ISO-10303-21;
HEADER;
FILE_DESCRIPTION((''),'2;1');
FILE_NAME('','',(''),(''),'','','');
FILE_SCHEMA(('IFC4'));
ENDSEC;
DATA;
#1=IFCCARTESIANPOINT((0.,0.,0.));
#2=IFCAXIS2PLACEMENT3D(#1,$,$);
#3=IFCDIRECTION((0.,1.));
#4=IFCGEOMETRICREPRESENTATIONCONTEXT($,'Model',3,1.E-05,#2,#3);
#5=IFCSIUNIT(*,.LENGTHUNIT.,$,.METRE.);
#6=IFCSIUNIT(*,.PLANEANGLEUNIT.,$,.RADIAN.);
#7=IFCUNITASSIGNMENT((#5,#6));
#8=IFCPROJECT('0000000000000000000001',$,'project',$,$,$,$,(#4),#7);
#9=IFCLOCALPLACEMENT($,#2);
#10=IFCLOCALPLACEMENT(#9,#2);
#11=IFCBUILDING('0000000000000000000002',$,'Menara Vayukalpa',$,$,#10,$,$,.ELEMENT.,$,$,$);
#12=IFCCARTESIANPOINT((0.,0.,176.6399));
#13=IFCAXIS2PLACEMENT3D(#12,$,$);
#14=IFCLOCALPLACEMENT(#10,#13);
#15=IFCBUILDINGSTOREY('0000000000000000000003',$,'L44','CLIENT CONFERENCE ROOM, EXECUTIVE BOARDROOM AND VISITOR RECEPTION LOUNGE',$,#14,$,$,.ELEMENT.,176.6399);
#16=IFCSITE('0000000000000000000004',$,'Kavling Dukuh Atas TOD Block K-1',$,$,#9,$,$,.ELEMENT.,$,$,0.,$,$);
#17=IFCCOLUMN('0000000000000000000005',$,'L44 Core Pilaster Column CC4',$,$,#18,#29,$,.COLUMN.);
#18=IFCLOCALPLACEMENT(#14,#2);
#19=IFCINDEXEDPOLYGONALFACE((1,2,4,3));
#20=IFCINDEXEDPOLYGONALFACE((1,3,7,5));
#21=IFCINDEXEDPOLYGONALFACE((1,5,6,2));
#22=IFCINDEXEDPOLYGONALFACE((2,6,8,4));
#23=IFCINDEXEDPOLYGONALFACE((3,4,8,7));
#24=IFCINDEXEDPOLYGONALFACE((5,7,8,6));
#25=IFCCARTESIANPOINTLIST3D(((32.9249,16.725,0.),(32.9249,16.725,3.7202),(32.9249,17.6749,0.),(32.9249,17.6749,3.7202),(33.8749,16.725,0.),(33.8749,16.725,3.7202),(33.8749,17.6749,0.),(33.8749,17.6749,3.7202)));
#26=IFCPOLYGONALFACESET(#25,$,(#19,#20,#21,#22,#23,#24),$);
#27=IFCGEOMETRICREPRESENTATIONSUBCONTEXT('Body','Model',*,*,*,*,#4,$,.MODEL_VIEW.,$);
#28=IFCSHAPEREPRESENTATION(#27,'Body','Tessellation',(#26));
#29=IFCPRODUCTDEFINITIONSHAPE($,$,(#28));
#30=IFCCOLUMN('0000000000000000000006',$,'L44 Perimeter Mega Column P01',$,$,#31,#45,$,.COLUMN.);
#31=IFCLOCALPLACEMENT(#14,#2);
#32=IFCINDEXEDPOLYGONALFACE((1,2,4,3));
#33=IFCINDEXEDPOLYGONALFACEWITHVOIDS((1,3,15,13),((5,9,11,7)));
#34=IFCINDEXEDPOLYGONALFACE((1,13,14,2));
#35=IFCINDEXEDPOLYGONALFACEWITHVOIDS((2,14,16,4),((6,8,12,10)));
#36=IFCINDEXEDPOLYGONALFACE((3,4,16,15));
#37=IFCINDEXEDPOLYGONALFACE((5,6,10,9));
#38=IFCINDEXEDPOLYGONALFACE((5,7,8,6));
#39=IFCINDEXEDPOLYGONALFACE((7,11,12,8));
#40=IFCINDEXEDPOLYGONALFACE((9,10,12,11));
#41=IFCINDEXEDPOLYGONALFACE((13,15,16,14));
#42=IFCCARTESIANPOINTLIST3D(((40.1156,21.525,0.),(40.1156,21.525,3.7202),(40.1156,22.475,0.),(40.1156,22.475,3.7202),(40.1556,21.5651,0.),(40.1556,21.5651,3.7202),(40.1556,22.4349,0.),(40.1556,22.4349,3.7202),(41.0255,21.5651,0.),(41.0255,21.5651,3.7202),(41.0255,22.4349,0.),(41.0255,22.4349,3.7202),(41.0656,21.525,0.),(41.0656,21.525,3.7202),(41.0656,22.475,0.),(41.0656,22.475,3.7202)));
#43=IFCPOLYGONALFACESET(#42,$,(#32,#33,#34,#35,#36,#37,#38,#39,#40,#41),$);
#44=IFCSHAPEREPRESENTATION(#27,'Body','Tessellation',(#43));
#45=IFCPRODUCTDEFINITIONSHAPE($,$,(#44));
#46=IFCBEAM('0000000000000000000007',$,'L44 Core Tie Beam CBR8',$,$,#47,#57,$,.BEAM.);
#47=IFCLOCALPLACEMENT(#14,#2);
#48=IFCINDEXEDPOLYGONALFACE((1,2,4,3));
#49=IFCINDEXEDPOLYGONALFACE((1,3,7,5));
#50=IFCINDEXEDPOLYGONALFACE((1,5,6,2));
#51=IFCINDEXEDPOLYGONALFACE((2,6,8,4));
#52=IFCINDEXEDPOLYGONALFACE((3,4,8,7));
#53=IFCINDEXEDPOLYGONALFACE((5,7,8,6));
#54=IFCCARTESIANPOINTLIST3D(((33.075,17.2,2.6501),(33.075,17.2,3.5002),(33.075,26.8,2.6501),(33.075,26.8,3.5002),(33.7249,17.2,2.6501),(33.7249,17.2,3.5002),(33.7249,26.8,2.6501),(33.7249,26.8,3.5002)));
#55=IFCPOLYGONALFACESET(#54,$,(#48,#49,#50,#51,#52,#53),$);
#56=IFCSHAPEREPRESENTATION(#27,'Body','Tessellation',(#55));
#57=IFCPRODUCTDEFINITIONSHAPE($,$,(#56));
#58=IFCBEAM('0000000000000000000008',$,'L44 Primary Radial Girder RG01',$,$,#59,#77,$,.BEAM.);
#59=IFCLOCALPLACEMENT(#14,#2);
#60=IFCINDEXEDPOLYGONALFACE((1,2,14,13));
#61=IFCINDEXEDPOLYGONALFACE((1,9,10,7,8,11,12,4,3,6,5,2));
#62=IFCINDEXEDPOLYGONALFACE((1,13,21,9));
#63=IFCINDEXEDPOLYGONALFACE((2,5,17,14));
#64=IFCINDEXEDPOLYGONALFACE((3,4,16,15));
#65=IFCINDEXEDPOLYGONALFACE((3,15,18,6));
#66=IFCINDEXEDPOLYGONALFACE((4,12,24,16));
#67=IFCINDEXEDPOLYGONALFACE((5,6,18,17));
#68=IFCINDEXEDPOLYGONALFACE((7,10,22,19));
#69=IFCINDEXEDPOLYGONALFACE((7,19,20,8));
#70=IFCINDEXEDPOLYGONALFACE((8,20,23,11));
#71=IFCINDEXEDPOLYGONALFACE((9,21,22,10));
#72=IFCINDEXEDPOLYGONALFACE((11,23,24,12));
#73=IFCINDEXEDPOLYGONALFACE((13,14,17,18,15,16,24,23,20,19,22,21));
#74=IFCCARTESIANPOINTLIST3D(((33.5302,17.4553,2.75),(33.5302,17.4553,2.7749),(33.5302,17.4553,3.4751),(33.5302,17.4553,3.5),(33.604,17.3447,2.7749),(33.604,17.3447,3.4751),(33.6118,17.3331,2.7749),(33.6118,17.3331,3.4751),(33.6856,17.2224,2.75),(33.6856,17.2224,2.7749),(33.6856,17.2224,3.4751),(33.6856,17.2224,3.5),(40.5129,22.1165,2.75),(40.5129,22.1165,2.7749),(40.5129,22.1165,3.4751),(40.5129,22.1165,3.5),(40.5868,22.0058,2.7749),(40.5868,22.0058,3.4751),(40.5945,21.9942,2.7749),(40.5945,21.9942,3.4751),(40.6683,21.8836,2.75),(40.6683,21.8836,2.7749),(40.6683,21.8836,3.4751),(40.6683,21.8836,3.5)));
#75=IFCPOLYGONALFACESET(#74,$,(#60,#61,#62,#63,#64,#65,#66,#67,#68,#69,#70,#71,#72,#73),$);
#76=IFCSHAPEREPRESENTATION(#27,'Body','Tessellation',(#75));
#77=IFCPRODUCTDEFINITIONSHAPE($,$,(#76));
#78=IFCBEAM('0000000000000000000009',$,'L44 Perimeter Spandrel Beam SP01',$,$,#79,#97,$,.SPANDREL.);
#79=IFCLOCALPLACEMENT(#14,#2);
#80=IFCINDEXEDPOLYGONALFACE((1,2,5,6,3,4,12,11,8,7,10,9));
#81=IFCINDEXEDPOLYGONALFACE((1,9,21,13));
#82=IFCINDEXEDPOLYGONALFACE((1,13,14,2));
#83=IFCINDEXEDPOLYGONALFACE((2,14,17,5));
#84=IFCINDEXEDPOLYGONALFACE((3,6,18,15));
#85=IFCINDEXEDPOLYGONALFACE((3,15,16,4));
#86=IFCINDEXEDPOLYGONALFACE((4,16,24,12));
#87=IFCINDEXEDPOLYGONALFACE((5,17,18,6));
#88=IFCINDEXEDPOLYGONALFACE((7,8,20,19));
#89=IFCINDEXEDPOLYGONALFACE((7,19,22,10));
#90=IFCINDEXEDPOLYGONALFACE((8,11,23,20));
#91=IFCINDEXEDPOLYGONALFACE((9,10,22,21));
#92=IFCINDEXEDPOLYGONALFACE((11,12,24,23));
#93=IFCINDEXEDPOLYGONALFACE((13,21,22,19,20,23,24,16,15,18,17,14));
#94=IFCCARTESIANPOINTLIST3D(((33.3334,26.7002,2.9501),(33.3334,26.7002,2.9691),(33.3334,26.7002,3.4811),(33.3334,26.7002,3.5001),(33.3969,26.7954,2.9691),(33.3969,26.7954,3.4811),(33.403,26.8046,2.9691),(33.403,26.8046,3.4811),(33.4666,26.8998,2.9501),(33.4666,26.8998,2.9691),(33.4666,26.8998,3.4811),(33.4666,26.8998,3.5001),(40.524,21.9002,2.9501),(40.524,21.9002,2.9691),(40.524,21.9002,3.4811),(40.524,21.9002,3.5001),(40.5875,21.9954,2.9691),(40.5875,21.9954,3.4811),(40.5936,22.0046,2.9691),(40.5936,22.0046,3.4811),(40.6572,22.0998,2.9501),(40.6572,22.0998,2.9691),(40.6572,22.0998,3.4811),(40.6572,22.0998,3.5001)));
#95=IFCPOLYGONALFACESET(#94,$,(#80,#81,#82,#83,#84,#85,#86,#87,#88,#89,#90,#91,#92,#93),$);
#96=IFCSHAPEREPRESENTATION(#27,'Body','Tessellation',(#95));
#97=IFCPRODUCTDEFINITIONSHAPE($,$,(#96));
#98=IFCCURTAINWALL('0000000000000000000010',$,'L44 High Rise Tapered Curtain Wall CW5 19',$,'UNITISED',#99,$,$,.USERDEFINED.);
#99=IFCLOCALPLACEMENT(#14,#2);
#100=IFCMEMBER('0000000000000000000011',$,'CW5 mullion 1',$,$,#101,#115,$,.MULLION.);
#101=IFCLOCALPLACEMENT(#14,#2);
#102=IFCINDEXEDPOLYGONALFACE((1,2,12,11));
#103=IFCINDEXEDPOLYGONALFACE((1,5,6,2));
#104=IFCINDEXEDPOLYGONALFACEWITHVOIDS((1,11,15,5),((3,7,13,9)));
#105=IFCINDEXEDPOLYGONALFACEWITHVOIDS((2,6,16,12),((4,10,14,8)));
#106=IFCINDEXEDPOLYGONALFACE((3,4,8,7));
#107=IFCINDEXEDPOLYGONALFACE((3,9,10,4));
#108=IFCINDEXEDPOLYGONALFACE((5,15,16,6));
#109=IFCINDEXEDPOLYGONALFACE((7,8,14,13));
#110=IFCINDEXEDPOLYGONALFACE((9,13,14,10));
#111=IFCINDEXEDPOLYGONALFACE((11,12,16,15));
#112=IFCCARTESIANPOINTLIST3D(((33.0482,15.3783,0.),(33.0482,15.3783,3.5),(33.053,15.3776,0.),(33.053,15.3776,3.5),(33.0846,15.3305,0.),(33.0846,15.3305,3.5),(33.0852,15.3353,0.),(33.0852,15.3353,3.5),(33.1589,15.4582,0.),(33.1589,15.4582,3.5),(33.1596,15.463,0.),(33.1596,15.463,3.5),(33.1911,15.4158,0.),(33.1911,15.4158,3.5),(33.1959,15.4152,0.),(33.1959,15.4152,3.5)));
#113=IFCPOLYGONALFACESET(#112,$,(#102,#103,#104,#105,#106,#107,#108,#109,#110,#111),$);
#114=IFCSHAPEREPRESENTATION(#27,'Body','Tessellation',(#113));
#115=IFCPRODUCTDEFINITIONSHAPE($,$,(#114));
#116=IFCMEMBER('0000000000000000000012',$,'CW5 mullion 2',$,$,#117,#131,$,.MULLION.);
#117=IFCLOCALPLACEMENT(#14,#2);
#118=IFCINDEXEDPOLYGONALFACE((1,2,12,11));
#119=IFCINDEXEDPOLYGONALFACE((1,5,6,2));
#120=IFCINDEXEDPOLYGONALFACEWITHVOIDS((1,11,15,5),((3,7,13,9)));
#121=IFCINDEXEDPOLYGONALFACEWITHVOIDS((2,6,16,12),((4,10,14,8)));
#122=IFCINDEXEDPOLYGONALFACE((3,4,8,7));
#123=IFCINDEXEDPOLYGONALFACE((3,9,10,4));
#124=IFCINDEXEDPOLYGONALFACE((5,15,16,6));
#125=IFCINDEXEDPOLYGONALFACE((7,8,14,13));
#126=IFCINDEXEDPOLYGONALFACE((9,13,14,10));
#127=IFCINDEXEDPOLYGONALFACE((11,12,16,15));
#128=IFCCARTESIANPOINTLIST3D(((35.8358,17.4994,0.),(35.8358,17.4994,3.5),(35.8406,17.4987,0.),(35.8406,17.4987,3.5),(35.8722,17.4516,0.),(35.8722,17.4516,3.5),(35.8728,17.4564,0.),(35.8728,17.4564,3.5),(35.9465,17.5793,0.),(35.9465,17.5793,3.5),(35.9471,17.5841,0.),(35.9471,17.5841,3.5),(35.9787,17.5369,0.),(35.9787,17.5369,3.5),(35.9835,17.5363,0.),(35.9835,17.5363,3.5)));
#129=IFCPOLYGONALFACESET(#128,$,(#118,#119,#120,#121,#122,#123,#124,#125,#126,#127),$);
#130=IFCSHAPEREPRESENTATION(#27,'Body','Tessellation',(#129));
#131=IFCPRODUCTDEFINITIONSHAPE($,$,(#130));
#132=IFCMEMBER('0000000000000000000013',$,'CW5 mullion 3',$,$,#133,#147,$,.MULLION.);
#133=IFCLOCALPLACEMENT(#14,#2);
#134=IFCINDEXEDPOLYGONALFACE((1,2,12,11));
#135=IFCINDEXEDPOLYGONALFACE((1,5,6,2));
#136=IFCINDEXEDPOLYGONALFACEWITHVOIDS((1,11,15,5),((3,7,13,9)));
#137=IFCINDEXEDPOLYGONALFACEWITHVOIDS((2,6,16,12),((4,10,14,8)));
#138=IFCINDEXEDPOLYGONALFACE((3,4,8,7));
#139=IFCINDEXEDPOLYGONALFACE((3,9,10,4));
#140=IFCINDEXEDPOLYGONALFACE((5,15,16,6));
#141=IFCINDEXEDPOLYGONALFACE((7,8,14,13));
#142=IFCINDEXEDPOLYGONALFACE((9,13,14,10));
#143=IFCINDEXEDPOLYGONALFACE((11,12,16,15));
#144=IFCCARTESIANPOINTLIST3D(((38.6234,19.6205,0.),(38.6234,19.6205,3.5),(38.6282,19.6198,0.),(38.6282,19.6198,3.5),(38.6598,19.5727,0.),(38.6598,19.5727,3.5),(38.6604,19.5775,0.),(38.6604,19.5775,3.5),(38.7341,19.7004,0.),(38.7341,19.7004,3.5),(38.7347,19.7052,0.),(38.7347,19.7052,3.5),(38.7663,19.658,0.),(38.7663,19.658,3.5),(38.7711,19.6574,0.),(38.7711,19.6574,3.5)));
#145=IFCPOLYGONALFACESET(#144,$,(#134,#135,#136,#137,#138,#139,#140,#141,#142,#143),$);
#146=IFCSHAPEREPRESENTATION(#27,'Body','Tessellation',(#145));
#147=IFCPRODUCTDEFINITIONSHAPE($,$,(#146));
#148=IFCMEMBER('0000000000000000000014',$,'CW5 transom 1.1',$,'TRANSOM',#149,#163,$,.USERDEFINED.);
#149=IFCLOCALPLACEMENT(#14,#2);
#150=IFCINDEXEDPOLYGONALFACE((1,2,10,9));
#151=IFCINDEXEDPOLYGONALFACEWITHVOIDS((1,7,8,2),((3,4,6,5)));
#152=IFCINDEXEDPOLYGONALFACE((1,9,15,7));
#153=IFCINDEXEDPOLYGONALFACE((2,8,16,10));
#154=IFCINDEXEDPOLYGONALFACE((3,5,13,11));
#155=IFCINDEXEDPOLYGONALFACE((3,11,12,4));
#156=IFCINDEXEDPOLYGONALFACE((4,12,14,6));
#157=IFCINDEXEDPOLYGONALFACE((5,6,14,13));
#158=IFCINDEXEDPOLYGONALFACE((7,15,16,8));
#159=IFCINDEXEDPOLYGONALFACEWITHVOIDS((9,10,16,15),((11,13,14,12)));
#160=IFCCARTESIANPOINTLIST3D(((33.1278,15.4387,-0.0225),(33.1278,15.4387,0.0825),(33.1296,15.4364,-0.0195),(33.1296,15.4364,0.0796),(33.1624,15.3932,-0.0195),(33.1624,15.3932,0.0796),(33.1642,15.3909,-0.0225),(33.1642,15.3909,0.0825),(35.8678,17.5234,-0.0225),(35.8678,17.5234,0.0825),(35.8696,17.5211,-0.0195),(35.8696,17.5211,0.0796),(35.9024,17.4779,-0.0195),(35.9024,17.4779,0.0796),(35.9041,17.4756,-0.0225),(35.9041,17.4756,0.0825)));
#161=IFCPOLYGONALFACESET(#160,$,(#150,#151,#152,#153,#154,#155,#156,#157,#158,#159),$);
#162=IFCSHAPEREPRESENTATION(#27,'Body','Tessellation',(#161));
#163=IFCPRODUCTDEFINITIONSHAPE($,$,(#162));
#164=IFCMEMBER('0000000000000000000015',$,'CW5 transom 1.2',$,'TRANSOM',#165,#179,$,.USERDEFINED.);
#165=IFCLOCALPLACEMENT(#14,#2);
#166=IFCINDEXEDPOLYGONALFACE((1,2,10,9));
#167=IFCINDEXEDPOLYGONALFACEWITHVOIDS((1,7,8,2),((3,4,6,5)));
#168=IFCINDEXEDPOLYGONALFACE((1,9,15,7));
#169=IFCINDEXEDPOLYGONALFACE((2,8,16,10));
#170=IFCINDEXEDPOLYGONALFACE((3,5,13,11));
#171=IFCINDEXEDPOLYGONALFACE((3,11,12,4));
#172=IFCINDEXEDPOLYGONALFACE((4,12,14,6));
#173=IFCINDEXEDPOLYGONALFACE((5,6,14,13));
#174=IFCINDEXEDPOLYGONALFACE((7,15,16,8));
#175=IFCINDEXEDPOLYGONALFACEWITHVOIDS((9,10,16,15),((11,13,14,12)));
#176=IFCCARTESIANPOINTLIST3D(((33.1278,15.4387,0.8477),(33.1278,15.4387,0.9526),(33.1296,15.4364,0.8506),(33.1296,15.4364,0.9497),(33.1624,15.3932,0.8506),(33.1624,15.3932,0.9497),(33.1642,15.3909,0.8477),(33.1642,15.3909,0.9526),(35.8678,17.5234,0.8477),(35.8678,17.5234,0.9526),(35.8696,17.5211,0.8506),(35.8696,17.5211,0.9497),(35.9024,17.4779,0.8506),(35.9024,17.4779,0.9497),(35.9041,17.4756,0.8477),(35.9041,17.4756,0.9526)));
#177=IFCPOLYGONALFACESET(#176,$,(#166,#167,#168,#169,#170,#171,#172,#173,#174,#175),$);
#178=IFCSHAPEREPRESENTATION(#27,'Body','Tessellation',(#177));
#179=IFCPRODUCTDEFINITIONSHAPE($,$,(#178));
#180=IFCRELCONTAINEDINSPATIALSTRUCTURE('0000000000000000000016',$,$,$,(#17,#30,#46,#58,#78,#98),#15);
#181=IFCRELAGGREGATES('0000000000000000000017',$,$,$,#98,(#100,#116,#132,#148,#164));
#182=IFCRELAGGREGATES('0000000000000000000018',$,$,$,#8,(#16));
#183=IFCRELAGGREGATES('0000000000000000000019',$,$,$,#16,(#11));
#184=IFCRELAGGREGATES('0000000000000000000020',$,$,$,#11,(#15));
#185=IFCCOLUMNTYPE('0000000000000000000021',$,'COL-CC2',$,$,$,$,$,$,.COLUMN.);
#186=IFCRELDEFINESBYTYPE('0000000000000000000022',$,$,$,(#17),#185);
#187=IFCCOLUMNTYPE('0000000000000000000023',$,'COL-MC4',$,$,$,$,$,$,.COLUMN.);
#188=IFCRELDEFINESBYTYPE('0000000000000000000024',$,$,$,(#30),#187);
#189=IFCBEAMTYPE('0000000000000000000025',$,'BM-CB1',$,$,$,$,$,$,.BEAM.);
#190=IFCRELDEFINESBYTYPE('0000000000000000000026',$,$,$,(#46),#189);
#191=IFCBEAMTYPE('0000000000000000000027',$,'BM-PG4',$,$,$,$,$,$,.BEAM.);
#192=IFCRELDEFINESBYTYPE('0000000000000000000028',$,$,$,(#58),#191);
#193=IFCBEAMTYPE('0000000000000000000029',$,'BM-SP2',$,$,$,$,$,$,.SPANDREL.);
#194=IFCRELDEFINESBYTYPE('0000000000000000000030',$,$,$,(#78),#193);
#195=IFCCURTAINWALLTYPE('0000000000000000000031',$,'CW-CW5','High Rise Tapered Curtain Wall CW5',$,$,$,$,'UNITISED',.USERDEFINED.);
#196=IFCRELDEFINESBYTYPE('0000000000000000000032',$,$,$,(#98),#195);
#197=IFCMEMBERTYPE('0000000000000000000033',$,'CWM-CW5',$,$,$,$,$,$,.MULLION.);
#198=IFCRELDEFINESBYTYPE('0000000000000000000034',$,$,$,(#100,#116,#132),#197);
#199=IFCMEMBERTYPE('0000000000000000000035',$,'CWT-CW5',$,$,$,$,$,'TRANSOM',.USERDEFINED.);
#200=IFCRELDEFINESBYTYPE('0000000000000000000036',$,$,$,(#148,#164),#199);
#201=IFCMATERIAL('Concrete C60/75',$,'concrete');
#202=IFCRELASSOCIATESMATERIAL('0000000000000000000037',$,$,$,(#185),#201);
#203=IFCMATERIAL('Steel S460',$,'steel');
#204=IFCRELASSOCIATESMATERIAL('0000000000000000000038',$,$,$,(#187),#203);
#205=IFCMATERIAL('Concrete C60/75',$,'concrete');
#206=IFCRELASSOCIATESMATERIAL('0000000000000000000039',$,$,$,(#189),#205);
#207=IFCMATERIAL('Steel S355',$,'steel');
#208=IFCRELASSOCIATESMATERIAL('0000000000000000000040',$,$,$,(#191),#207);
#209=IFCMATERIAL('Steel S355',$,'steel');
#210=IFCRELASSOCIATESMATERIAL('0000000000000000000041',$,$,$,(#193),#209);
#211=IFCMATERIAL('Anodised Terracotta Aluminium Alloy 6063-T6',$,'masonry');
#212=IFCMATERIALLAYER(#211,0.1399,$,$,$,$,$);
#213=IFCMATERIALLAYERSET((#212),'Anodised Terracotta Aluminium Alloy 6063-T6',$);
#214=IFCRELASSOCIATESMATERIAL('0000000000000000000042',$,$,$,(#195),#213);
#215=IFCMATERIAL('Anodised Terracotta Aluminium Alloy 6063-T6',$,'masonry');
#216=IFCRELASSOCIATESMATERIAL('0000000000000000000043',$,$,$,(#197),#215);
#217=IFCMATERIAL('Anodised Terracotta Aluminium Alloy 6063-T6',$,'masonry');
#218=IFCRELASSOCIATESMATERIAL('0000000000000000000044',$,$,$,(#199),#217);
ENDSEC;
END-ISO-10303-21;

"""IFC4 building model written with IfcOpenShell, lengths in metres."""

from ifc_helpers import new_model, si_unit, direction, frame, origin, origin_2d, place, context, subcontext, project, spatial, rectangle, hollow_rectangle, i_section, extrude, material, layer, layer_set, material_profile, profile_set, type_object, element, aggregate, save


model = new_model("IFC4")

# Units and contexts
model_context = context("Model", 3, precision=1e-05, world=origin(), true_north=direction((0.0, 1.0)))
body_context = subcontext(model_context, "Body", "Model", "MODEL_VIEW")
ifc_project = project(units=[si_unit("LENGTHUNIT", "METRE"), si_unit("PLANEANGLEUNIT", "RADIAN")], contexts=[model_context])

# Site, building, storey
site_placement = place(None, origin())
site = spatial("IfcSite", under=ifc_project, at=site_placement, Name="Kavling Dukuh Atas TOD Block K-1", CompositionType="ELEMENT", RefElevation=0.0)
building_placement = place(site_placement, origin())
building = spatial("IfcBuilding", under=site, at=building_placement, Name="Menara Vayukalpa", CompositionType="ELEMENT")
storey_placement = place(building_placement, frame((0.0, 0.0, 176.6399)))
storey = spatial("IfcBuildingStorey", under=building, at=storey_placement, Name="L44", Description="CLIENT CONFERENCE ROOM, EXECUTIVE BOARDROOM AND VISITOR RECEPTION LOUNGE", CompositionType="ELEMENT", Elevation=176.6399)

# Columns
ifc_material_1 = material(Name="Concrete C60/75", Category="concrete")
ifc_material_profile_1 = material_profile(ifc_material_1, rectangle(XDim=0.95, YDim=0.95, at=origin_2d()), Name="RC 950x950")
ifc_profile_set_1 = profile_set([ifc_material_profile_1], Name="Concrete C60/75")
column_type_1 = type_object("IfcColumnType", Name="COL-CC2", PredefinedType="COLUMN", material=ifc_profile_set_1)
column_1_placement = place(storey_placement, frame((33.3999, 17.2, 0.0), z_axis=(0.0, 0.0, 1.0), x_axis=(1.0, 0.0, 0.0)))
element("IfcColumn", 1, at=column_1_placement, inside=storey, type_object=column_type_1, Name="L44 Core Pilaster Column CC4", PredefinedType="COLUMN", context=body_context, shape_type="SweptSolid", body=[
    extrude(rectangle(XDim=0.95, YDim=0.95, at=origin_2d()), origin(), (0.0, 0.0, 1.0), 3.7202),
])
ifc_material_2 = material(Name="Steel S460", Category="steel")
ifc_material_profile_2 = material_profile(ifc_material_2, hollow_rectangle(XDim=0.95, YDim=0.95, WallThickness=0.04, at=origin_2d()), Name="BOX 950x950x40")
ifc_profile_set_2 = profile_set([ifc_material_profile_2], Name="Steel S460")
column_type_2 = type_object("IfcColumnType", Name="COL-MC4", PredefinedType="COLUMN", material=ifc_profile_set_2)
column_2_placement = place(storey_placement, frame((40.5906, 22.0, 0.0), z_axis=(0.0, 0.0, 1.0), x_axis=(1.0, 0.0, 0.0)))
element("IfcColumn", 2, at=column_2_placement, inside=storey, type_object=column_type_2, Name="L44 Perimeter Mega Column P01", PredefinedType="COLUMN", context=body_context, shape_type="SweptSolid", body=[
    extrude(hollow_rectangle(XDim=0.95, YDim=0.95, WallThickness=0.04, at=origin_2d()), origin(), (0.0, 0.0, 1.0), 3.7202),
])

# Beams
ifc_material_3 = material(Name="Concrete C60/75", Category="concrete")
ifc_material_profile_3 = material_profile(ifc_material_3, rectangle(XDim=0.6499, YDim=0.8501, at=origin_2d()), Name="RC 650x850")
ifc_profile_set_3 = profile_set([ifc_material_profile_3], Name="Concrete C60/75")
beam_type_1 = type_object("IfcBeamType", Name="BM-CB1", PredefinedType="BEAM", material=ifc_profile_set_3)
beam_1_placement = place(storey_placement, frame((33.3999, 17.2, 3.0752), z_axis=(0.0, 1.0, 0.0), x_axis=(-1.0, 0.0, 0.0)))
element("IfcBeam", 3, at=beam_1_placement, inside=storey, type_object=beam_type_1, Name="L44 Core Tie Beam CBR8", PredefinedType="BEAM", context=body_context, shape_type="SweptSolid", body=[
    extrude(rectangle(XDim=0.6499, YDim=0.8501, at=origin_2d()), origin(), (0.0, 0.0, 1.0), 9.6001),
])
ifc_material_4 = material(Name="Steel S355", Category="steel")
ifc_material_profile_4 = material_profile(ifc_material_4, i_section(OverallWidth=0.28, OverallDepth=0.75, WebThickness=0.0139, FlangeThickness=0.0249, at=origin_2d()), Name="WF 750x280x14x25")
ifc_profile_set_4 = profile_set([ifc_material_profile_4], Name="Steel S355")
beam_type_2 = type_object("IfcBeamType", Name="BM-PG4", PredefinedType="BEAM", material=ifc_profile_set_4)
beam_2_placement = place(storey_placement, frame((33.6079, 17.3389, 3.125), z_axis=(0.831719, 0.555197, 0.0), x_axis=(-0.555197, 0.831719, 0.0)))
element("IfcBeam", 4, at=beam_2_placement, inside=storey, type_object=beam_type_2, Name="L44 Primary Radial Girder RG01", PredefinedType="BEAM", context=body_context, shape_type="SweptSolid", body=[
    extrude(i_section(OverallWidth=0.28, OverallDepth=0.75, WebThickness=0.0139, FlangeThickness=0.0249, at=origin_2d()), origin(), (0.0, 0.0, 1.0), 8.3955),
])
ifc_material_5 = material(Name="Steel S355", Category="steel")
ifc_material_profile_5 = material_profile(ifc_material_5, i_section(OverallWidth=0.24, OverallDepth=0.55, WebThickness=0.011, FlangeThickness=0.019, at=origin_2d()), Name="WF 550x240x11x19")
ifc_profile_set_5 = profile_set([ifc_material_profile_5], Name="Steel S355")
beam_type_3 = type_object("IfcBeamType", Name="BM-SP2", PredefinedType="SPANDREL", material=ifc_profile_set_5)
beam_3_placement = place(storey_placement, frame((40.5906, 22.0, 3.2251), z_axis=(-0.831716, 0.555202, 0.0), x_axis=(-0.555202, -0.831716, 0.0)))
element("IfcBeam", 5, at=beam_3_placement, inside=storey, type_object=beam_type_3, Name="L44 Perimeter Spandrel Beam SP01", PredefinedType="SPANDREL", context=body_context, shape_type="SweptSolid", body=[
    extrude(i_section(OverallWidth=0.24, OverallDepth=0.55, WebThickness=0.011, FlangeThickness=0.019, at=origin_2d()), origin(), (0.0, 0.0, 1.0), 8.6455),
])

# Curtain wall, members
ifc_material_6 = material(Name="Anodised Terracotta Aluminium Alloy 6063-T6", Category="masonry")
ifc_layer_1 = layer(ifc_material_6, 0.1399)
ifc_layer_set_1 = layer_set([ifc_layer_1], Name="Anodised Terracotta Aluminium Alloy 6063-T6")
curtain_wall_type = type_object("IfcCurtainWallType", Name="CW-CW5", Description="High Rise Tapered Curtain Wall CW5", ElementType="UNITISED", PredefinedType="USERDEFINED", material=ifc_layer_set_1)
curtain_wall_placement = place(storey_placement, origin())
curtain_wall = element("IfcCurtainWall", 6, at=curtain_wall_placement, inside=storey, type_object=curtain_wall_type, Name="L44 High Rise Tapered Curtain Wall CW5 19", ObjectType="UNITISED", PredefinedType="USERDEFINED")
ifc_material_7 = material(Name="Anodised Terracotta Aluminium Alloy 6063-T6", Category="masonry")
ifc_material_profile_6 = material_profile(ifc_material_7, hollow_rectangle(XDim=0.0601, YDim=0.1399, WallThickness=0.0034, at=origin_2d()), Name="ALU 60x140x3.5")
ifc_profile_set_6 = profile_set([ifc_material_profile_6], Name="Anodised Terracotta Aluminium Alloy 6063-T6")
member_type_1 = type_object("IfcMemberType", Name="CWM-CW5", PredefinedType="MULLION", material=ifc_profile_set_6)
member_1_placement = place(storey_placement, frame((33.1221, 15.3967, 0.0), z_axis=(0.0, 0.0, 1.0), x_axis=(-0.60554, 0.795815, 0.0)))
member_1 = element("IfcMember", 7, at=member_1_placement, type_object=member_type_1, Name="CW5 mullion 1", PredefinedType="MULLION", context=body_context, shape_type="SweptSolid", body=[
    extrude(hollow_rectangle(XDim=0.0601, YDim=0.1399, WallThickness=0.0034, at=origin_2d()), origin(), (0.0, 0.0, 1.0), 3.5),
])
member_2_placement = place(storey_placement, frame((35.9097, 17.5178, 0.0), z_axis=(0.0, 0.0, 1.0), x_axis=(-0.60554, 0.795815, 0.0)))
member_2 = element("IfcMember", 8, at=member_2_placement, type_object=member_type_1, Name="CW5 mullion 2", PredefinedType="MULLION", context=body_context, shape_type="SweptSolid", body=[
    extrude(hollow_rectangle(XDim=0.0601, YDim=0.1399, WallThickness=0.0034, at=origin_2d()), origin(), (0.0, 0.0, 1.0), 3.5),
])
member_3_placement = place(storey_placement, frame((38.6973, 19.6389, 0.0), z_axis=(0.0, 0.0, 1.0), x_axis=(-0.60554, 0.795815, 0.0)))
member_3 = element("IfcMember", 9, at=member_3_placement, type_object=member_type_1, Name="CW5 mullion 3", PredefinedType="MULLION", context=body_context, shape_type="SweptSolid", body=[
    extrude(hollow_rectangle(XDim=0.0601, YDim=0.1399, WallThickness=0.0034, at=origin_2d()), origin(), (0.0, 0.0, 1.0), 3.5),
])
ifc_material_8 = material(Name="Anodised Terracotta Aluminium Alloy 6063-T6", Category="masonry")
ifc_material_profile_7 = material_profile(ifc_material_8, hollow_rectangle(XDim=0.0601, YDim=0.105, WallThickness=0.0029, at=origin_2d()), Name="ALU 60x105x3")
ifc_profile_set_7 = profile_set([ifc_material_profile_7], Name="Anodised Terracotta Aluminium Alloy 6063-T6")
member_type_2 = type_object("IfcMemberType", Name="CWT-CW5", ElementType="TRANSOM", PredefinedType="USERDEFINED", material=ifc_profile_set_7)
member_4_placement = place(storey_placement, frame((33.146, 15.4148, 0.03), z_axis=(0.795837, 0.605511, 0.0), x_axis=(-0.605511, 0.795837, 0.0)))
member_4 = element("IfcMember", 10, at=member_4_placement, type_object=member_type_2, Name="CW5 transom 1.1", ObjectType="TRANSOM", PredefinedType="USERDEFINED", context=body_context, shape_type="SweptSolid", body=[
    extrude(hollow_rectangle(XDim=0.0601, YDim=0.105, WallThickness=0.0029, at=origin_2d()), origin(), (0.0, 0.0, 1.0), 3.4429),
])
member_5_placement = place(storey_placement, frame((33.146, 15.4148, 0.9001), z_axis=(0.795837, 0.605511, 0.0), x_axis=(-0.605511, 0.795837, 0.0)))
member_5 = element("IfcMember", 11, at=member_5_placement, type_object=member_type_2, Name="CW5 transom 1.2", ObjectType="TRANSOM", PredefinedType="USERDEFINED", context=body_context, shape_type="SweptSolid", body=[
    extrude(hollow_rectangle(XDim=0.0601, YDim=0.105, WallThickness=0.0029, at=origin_2d()), origin(), (0.0, 0.0, 1.0), 3.4429),
])
aggregate(curtain_wall, [member_1, member_2, member_3, member_4, member_5])

save(model, "model.ifc")
